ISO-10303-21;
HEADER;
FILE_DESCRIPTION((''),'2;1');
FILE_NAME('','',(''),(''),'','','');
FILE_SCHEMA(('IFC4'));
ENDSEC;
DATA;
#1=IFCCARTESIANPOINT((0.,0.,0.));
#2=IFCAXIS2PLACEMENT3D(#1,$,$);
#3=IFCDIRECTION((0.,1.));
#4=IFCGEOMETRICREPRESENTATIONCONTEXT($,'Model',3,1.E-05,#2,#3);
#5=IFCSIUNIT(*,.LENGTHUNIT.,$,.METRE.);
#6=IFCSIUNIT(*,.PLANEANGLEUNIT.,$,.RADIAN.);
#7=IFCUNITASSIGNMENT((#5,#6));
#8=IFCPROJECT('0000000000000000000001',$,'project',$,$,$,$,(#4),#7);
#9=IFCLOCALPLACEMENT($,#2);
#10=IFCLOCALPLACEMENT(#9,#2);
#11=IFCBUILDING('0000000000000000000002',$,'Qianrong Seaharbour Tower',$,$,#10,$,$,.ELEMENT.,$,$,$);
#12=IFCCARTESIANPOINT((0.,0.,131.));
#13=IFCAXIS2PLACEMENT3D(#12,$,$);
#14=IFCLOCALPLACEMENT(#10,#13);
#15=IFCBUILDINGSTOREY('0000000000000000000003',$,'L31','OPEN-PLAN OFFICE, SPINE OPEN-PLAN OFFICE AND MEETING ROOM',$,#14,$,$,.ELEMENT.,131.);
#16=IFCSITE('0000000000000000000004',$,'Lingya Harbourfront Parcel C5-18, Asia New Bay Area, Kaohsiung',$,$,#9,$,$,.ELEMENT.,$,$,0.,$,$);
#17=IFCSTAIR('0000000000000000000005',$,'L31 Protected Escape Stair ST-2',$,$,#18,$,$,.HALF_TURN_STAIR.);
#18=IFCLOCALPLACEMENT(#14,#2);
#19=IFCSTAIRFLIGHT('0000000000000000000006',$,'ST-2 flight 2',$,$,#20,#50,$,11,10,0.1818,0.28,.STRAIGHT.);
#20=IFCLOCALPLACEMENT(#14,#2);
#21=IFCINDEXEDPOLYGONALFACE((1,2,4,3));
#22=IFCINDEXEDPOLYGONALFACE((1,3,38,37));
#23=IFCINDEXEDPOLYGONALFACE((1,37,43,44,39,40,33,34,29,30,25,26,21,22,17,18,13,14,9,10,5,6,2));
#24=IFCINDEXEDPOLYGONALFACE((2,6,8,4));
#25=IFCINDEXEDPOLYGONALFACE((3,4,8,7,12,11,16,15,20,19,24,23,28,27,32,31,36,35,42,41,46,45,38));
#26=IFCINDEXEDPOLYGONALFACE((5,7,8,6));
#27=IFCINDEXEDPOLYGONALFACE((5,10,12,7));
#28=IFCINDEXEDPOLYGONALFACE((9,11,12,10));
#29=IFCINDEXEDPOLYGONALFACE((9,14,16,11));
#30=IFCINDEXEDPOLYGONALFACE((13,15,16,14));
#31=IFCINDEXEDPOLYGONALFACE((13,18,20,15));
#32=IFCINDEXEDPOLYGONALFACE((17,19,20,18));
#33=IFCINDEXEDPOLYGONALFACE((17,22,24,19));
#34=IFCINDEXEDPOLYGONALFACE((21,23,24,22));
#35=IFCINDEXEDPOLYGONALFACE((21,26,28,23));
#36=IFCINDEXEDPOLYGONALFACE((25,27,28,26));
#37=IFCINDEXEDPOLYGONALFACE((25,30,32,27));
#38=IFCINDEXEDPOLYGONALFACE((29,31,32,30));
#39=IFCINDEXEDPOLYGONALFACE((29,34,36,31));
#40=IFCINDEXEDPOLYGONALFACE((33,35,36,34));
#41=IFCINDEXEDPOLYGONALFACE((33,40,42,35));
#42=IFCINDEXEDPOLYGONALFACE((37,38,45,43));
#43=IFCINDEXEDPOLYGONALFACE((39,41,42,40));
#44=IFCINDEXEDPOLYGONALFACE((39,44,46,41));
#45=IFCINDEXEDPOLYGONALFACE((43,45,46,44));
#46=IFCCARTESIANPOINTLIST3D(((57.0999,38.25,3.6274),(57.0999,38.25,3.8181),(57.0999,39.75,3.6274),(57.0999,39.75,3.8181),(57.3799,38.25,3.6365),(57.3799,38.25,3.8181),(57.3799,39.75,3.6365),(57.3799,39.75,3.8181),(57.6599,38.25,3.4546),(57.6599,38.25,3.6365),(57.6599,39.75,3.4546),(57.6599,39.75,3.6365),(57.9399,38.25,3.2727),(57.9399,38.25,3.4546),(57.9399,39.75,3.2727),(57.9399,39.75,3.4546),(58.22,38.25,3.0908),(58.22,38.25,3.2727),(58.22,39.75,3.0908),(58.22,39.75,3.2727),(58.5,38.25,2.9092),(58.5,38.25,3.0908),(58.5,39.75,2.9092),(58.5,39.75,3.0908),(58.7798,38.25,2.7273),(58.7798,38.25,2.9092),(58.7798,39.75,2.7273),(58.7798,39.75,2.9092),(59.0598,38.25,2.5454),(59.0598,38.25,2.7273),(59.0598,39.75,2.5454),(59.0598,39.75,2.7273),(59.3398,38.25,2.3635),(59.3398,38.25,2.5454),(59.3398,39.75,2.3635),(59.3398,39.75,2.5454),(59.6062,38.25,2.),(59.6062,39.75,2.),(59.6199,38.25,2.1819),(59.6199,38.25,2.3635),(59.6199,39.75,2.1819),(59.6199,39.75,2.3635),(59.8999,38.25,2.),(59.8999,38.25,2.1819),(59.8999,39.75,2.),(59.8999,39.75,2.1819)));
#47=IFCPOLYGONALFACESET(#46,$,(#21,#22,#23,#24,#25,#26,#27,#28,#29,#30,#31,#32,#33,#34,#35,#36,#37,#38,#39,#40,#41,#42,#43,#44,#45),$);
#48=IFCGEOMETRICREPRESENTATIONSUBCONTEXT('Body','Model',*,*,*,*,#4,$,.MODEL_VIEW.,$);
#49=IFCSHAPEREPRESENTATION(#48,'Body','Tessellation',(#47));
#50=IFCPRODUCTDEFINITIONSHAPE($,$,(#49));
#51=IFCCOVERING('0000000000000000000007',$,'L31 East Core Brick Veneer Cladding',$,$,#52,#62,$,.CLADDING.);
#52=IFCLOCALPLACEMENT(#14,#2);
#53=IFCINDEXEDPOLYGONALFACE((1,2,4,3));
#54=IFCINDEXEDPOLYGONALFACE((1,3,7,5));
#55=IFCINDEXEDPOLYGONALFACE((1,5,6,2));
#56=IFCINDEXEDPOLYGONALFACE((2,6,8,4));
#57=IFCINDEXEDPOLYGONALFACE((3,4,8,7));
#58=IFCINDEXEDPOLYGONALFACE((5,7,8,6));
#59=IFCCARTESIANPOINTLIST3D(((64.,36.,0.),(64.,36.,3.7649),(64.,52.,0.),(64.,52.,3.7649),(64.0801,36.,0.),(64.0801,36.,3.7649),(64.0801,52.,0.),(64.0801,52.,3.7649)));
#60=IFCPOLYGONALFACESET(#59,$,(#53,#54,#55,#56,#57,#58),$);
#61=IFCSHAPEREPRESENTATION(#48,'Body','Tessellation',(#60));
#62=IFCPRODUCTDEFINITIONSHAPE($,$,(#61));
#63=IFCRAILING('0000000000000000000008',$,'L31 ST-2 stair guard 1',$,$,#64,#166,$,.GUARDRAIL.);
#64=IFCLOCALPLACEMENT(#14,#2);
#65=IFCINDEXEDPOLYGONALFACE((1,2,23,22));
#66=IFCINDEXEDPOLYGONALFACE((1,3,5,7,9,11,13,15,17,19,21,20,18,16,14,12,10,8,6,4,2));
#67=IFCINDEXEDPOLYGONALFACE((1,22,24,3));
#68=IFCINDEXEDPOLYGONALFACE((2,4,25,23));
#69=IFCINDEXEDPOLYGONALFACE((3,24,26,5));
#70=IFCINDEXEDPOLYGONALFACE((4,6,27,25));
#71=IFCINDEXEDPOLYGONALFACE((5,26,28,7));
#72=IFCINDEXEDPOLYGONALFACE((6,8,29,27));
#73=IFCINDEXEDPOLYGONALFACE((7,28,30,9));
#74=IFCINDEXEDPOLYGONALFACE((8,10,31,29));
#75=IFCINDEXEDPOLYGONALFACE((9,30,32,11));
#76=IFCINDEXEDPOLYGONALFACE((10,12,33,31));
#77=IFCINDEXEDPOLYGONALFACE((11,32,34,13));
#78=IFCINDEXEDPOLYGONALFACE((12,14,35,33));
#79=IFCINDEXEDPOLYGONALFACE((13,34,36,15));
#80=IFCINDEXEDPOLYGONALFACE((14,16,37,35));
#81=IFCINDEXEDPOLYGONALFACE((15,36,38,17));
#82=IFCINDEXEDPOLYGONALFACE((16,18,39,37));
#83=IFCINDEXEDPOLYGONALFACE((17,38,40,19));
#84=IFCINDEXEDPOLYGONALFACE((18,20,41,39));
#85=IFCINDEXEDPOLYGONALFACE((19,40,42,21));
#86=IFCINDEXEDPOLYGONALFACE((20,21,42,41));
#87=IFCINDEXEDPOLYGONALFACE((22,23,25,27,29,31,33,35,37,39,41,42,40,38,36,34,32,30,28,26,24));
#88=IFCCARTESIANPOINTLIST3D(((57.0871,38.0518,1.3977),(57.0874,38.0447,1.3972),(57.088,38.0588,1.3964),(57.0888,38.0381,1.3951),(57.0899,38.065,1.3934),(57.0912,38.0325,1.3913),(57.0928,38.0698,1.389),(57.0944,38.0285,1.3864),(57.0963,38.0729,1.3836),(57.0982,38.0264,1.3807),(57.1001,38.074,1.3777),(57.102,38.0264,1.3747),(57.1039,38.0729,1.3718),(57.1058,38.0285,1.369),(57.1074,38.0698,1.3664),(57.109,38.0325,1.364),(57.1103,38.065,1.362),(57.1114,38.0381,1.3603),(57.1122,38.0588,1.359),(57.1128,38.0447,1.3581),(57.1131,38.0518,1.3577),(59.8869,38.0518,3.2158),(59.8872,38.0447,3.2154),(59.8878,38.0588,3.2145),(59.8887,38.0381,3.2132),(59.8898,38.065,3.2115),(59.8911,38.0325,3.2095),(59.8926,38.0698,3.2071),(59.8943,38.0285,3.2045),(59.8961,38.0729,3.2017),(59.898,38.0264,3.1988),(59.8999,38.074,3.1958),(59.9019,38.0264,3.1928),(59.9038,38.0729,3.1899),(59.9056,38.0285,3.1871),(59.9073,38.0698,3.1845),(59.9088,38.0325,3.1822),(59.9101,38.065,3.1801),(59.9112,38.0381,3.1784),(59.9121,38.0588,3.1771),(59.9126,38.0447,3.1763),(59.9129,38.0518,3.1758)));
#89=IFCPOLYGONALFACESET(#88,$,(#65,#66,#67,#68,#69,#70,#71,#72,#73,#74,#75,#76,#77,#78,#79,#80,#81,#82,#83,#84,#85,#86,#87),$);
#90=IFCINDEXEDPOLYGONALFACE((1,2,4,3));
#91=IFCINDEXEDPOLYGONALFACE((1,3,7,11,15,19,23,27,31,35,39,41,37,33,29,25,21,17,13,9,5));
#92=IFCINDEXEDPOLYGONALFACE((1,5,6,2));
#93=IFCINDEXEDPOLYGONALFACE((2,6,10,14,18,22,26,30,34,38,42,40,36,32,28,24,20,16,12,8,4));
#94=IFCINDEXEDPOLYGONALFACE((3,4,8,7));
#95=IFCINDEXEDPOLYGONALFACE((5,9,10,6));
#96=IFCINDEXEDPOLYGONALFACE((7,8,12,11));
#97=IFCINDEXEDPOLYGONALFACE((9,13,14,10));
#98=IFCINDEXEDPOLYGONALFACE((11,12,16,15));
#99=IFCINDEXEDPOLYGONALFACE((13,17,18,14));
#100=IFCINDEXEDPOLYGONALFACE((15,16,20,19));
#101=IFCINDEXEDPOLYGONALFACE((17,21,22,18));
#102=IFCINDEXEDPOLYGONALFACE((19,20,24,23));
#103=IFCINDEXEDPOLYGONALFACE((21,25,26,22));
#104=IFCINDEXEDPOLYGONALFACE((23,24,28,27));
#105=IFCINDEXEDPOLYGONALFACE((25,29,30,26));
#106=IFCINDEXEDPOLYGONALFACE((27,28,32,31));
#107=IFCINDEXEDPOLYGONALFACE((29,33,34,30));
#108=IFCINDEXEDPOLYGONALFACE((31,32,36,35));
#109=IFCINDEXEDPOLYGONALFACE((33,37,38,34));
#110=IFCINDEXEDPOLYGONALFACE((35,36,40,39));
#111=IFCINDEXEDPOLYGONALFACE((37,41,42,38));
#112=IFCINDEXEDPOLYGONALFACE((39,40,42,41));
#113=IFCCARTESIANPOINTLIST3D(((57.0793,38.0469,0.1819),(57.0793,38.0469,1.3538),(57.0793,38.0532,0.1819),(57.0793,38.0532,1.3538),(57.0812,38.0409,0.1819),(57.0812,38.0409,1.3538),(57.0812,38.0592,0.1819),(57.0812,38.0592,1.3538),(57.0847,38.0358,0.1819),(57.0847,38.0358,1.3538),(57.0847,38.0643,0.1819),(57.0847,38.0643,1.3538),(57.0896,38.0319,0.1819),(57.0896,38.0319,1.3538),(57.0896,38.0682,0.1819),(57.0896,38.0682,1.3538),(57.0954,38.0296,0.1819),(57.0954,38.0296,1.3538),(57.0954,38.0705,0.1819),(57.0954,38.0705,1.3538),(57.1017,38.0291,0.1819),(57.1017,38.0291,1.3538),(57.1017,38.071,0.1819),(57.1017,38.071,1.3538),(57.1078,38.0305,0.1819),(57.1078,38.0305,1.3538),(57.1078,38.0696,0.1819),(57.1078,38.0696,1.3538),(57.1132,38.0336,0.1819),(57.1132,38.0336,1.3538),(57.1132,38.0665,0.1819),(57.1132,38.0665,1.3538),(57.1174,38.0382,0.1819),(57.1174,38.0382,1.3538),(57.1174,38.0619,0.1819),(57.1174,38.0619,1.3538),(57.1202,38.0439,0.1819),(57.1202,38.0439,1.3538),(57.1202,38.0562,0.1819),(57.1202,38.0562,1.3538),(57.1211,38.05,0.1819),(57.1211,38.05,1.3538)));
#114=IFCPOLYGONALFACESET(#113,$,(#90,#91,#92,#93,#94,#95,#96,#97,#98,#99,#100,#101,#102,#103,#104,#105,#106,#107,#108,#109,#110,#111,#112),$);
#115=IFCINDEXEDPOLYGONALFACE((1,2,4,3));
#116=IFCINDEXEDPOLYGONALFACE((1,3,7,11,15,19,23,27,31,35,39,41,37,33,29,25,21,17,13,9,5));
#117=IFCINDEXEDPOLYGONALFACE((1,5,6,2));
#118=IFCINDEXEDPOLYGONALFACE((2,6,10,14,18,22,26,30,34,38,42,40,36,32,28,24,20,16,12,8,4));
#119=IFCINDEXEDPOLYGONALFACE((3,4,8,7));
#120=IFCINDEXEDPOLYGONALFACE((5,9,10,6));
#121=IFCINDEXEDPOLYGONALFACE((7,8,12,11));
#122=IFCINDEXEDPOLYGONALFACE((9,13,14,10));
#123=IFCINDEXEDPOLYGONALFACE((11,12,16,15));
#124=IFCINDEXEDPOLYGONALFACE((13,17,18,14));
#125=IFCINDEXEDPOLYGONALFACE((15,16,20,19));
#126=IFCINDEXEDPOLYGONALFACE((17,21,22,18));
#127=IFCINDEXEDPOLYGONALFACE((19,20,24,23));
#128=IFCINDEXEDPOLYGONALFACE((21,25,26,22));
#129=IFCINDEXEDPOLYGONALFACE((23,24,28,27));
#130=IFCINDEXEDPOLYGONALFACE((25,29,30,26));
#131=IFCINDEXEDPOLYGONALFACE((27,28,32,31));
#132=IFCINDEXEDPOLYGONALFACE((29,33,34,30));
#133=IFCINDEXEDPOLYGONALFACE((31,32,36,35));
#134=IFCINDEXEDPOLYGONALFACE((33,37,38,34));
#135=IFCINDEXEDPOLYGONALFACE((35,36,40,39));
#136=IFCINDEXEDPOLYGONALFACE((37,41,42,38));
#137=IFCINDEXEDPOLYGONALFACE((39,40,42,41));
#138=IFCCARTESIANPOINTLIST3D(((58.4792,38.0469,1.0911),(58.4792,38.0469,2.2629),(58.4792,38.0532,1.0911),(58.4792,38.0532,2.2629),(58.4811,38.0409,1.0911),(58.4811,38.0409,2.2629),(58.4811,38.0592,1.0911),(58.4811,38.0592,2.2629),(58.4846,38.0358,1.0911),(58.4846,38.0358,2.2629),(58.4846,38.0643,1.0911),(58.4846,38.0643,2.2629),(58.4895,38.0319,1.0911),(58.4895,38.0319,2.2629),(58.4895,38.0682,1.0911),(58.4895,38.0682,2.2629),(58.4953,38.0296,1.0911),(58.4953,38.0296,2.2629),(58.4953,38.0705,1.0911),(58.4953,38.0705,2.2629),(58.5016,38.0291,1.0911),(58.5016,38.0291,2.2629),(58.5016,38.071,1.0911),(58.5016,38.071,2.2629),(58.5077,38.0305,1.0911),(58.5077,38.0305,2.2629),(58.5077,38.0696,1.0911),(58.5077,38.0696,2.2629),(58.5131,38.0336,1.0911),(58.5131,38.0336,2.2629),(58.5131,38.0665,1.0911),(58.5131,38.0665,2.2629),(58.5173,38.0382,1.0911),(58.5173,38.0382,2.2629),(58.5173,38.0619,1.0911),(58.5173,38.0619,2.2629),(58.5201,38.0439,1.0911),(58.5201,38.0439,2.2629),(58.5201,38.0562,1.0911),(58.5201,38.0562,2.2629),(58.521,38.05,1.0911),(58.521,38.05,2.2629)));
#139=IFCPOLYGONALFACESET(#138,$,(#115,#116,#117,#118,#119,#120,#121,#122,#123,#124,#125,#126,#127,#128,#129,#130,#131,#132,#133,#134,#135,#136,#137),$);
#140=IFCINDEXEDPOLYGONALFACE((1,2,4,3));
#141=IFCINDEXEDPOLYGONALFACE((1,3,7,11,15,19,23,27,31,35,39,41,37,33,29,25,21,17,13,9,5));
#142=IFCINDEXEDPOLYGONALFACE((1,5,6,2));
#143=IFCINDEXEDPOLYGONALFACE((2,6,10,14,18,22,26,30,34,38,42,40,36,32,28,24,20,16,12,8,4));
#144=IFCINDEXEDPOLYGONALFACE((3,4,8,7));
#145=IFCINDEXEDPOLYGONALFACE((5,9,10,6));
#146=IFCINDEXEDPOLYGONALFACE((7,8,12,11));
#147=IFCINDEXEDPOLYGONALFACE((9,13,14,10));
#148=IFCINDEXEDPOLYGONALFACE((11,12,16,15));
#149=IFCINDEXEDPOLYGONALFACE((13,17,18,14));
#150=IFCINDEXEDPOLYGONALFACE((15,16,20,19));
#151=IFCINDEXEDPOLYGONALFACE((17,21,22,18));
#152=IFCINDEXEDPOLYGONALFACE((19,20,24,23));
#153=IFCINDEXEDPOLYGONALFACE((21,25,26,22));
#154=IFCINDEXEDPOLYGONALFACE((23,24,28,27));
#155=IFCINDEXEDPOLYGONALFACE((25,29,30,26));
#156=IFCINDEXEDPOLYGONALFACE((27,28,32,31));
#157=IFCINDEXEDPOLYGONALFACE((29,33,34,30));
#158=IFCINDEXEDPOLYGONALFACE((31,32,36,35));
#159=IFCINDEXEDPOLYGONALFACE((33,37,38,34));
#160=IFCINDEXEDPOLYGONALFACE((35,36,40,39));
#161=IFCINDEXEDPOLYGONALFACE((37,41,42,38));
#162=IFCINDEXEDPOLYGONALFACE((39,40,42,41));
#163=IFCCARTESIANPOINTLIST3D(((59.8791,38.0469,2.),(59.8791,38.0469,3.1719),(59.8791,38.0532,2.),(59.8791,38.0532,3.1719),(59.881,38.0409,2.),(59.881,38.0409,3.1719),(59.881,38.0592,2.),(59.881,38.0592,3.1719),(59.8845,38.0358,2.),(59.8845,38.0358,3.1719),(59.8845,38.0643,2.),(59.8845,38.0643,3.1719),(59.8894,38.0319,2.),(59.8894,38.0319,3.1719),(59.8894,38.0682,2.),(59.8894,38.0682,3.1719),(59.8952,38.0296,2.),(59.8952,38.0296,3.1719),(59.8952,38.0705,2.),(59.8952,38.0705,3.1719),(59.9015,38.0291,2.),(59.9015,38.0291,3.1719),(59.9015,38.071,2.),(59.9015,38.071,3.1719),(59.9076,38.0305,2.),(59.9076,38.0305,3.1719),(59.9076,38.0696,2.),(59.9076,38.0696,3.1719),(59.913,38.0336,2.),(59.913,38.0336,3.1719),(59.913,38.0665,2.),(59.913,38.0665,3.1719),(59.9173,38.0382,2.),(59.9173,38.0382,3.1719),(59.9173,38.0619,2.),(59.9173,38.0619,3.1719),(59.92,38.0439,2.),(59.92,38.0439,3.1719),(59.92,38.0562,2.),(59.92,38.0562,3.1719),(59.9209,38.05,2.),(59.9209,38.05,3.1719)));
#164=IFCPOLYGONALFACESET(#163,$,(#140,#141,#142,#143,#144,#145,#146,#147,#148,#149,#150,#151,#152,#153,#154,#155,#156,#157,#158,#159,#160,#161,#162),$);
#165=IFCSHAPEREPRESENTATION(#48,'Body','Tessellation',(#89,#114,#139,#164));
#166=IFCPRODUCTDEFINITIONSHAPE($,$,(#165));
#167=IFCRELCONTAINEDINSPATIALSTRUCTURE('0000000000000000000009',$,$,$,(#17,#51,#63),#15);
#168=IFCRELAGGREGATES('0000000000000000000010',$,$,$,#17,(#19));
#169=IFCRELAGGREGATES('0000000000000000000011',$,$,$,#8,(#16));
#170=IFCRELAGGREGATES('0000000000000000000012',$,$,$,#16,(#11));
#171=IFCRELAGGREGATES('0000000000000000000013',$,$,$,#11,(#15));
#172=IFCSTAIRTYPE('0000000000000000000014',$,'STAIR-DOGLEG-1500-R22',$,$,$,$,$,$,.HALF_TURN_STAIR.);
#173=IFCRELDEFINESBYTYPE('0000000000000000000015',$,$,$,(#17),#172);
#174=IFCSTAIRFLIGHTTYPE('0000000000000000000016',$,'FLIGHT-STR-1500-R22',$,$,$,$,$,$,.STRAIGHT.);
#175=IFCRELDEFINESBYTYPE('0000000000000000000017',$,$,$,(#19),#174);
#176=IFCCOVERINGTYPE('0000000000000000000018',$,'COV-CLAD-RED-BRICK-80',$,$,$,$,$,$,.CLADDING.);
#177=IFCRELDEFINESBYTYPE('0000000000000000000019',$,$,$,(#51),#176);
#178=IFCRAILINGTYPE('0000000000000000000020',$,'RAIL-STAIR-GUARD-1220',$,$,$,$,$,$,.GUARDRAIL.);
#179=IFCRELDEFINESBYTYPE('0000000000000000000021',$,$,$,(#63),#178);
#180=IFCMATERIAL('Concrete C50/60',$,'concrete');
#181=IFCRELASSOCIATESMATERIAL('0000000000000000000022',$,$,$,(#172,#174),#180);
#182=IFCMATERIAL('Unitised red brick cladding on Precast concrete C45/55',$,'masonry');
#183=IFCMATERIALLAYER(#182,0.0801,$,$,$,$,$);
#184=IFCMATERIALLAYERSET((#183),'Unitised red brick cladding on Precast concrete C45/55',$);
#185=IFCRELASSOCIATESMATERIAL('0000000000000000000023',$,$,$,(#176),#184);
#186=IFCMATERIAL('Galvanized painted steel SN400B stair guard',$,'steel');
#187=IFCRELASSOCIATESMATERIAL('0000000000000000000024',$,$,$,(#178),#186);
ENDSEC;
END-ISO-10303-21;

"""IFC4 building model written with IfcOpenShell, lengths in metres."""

from ifc_helpers import new_model, si_unit, direction, frame, origin, origin_2d, place, context, subcontext, project, spatial, polyline, rectangle, circle, outline, extrude, material, layer, layer_set, type_object, element, aggregate, save


model = new_model("IFC4")

# Units and contexts
model_context = context("Model", 3, precision=1e-05, world=origin(), true_north=direction((0.0, 1.0)))
body_context = subcontext(model_context, "Body", "Model", "MODEL_VIEW")
ifc_project = project(units=[si_unit("LENGTHUNIT", "METRE"), si_unit("PLANEANGLEUNIT", "RADIAN")], contexts=[model_context])

# Site, building, storey
site_placement = place(None, origin())
site = spatial("IfcSite", under=ifc_project, at=site_placement, Name="Lingya Harbourfront Parcel C5-18, Asia New Bay Area, Kaohsiung", CompositionType="ELEMENT", RefElevation=0.0)
building_placement = place(site_placement, origin())
building = spatial("IfcBuilding", under=site, at=building_placement, Name="Qianrong Seaharbour Tower", CompositionType="ELEMENT")
storey_placement = place(building_placement, frame((0.0, 0.0, 131.0)))
storey = spatial("IfcBuildingStorey", under=building, at=storey_placement, Name="L31", Description="OPEN-PLAN OFFICE, SPINE OPEN-PLAN OFFICE AND MEETING ROOM", CompositionType="ELEMENT", Elevation=131.0)

# Shared definitions
ifc_material_1 = material(Name="Concrete C50/60", Category="concrete")

# Stair, stair flight
stair_type = type_object("IfcStairType", Name="STAIR-DOGLEG-1500-R22", PredefinedType="HALF_TURN_STAIR", material=ifc_material_1)
stair_placement = place(storey_placement, origin())
stair = element("IfcStair", 1, at=stair_placement, inside=storey, type_object=stair_type, Name="L31 Protected Escape Stair ST-2", PredefinedType="HALF_TURN_STAIR")
stair_flight_type = type_object("IfcStairFlightType", Name="FLIGHT-STR-1500-R22", PredefinedType="STRAIGHT", material=ifc_material_1)
stair_flight_1_placement = place(storey_placement, frame((59.8999, 39.0, 2.0), z_axis=(0.0, 0.0, 1.0), x_axis=(-1.0, 0.0, 0.0)))
stair_flight_1 = element("IfcStairFlight", 2, at=stair_flight_1_placement, type_object=stair_flight_type, Name="ST-2 flight 2", NumberOfRisers=11, NumberOfTreads=10, PredefinedType="STRAIGHT", RiserHeight=0.1818, TreadLength=0.28, context=body_context, shape_type="SweptSolid", body=[
    extrude(outline(polyline([(0.0, 0.0), (0.0, 0.1819), (0.28, 0.1819), (0.28, 0.3635), (0.5601, 0.3635), (0.5601, 0.5454), (0.8401, 0.5454), (0.8401, 0.7273), (1.1201, 0.7273), (1.1201, 0.9092), (1.3999, 0.9092), (1.3999, 1.0908), (1.6799, 1.0908), (1.6799, 1.2727), (1.96, 1.2727), (1.96, 1.4546), (2.24, 1.4546), (2.24, 1.6365), (2.52, 1.6365), (2.52, 1.8181), (2.8, 1.8181), (2.8, 2.0), (2.8, 1.6274), (0.2937, 0.0), (0.0, 0.0)])), frame((0.0, 0.75, 0.0), z_axis=(0.0, -1.0, 0.0), x_axis=(1.0, 0.0, 0.0)), (0.0, 0.0, 1.0), 1.5),
])
aggregate(stair, [stair_flight_1])

# Covering
ifc_material_2 = material(Name="Unitised red brick cladding on Precast concrete C45/55", Category="masonry")
ifc_layer_1 = layer(ifc_material_2, 0.0801)
ifc_layer_set_1 = layer_set([ifc_layer_1], Name="Unitised red brick cladding on Precast concrete C45/55")
covering_type = type_object("IfcCoveringType", Name="COV-CLAD-RED-BRICK-80", PredefinedType="CLADDING", material=ifc_layer_set_1)
covering_placement = place(storey_placement, frame((64.04, 44.0, 0.0), z_axis=(0.0, 0.0, 1.0), x_axis=(1.0, 0.0, 0.0)))
element("IfcCovering", 3, at=covering_placement, inside=storey, type_object=covering_type, Name="L31 East Core Brick Veneer Cladding", PredefinedType="CLADDING", context=body_context, shape_type="SweptSolid", body=[
    extrude(rectangle(XDim=0.0801, YDim=16.0, at=origin_2d()), origin(), (0.0, 0.0, 1.0), 3.7649),
])

# Railing
ifc_material_3 = material(Name="Galvanized painted steel SN400B stair guard", Category="steel")
railing_type_1 = type_object("IfcRailingType", Name="RAIL-STAIR-GUARD-1220", PredefinedType="GUARDRAIL", material=ifc_material_3)
railing_1_placement = place(storey_placement, frame((57.1001, 38.05, 0.1819)))
element("IfcRailing", 4, at=railing_1_placement, inside=storey, type_object=railing_type_1, Name="L31 ST-2 stair guard 1", PredefinedType="GUARDRAIL", context=body_context, shape_type="SweptSolid", body=[
    extrude(circle(Radius=0.0239, at=origin_2d()), frame((0.0, 0.0, 1.1958), z_axis=(0.838684, 0.0, 0.544618), x_axis=(0.0, 1.0, 0.0)), (0.0, 0.0, 1.0), 3.3384),
    extrude(circle(Radius=0.021, at=origin_2d()), origin(), (0.0, 0.0, 1.0), 1.1719),
    extrude(circle(Radius=0.021, at=origin_2d()), frame((1.3999, 0.0, 0.9092)), (0.0, 0.0, 1.0), 1.1719),
    extrude(circle(Radius=0.021, at=origin_2d()), frame((2.7998, 0.0, 1.8181)), (0.0, 0.0, 1.0), 1.1719),
])

save(model, "model.ifc")
